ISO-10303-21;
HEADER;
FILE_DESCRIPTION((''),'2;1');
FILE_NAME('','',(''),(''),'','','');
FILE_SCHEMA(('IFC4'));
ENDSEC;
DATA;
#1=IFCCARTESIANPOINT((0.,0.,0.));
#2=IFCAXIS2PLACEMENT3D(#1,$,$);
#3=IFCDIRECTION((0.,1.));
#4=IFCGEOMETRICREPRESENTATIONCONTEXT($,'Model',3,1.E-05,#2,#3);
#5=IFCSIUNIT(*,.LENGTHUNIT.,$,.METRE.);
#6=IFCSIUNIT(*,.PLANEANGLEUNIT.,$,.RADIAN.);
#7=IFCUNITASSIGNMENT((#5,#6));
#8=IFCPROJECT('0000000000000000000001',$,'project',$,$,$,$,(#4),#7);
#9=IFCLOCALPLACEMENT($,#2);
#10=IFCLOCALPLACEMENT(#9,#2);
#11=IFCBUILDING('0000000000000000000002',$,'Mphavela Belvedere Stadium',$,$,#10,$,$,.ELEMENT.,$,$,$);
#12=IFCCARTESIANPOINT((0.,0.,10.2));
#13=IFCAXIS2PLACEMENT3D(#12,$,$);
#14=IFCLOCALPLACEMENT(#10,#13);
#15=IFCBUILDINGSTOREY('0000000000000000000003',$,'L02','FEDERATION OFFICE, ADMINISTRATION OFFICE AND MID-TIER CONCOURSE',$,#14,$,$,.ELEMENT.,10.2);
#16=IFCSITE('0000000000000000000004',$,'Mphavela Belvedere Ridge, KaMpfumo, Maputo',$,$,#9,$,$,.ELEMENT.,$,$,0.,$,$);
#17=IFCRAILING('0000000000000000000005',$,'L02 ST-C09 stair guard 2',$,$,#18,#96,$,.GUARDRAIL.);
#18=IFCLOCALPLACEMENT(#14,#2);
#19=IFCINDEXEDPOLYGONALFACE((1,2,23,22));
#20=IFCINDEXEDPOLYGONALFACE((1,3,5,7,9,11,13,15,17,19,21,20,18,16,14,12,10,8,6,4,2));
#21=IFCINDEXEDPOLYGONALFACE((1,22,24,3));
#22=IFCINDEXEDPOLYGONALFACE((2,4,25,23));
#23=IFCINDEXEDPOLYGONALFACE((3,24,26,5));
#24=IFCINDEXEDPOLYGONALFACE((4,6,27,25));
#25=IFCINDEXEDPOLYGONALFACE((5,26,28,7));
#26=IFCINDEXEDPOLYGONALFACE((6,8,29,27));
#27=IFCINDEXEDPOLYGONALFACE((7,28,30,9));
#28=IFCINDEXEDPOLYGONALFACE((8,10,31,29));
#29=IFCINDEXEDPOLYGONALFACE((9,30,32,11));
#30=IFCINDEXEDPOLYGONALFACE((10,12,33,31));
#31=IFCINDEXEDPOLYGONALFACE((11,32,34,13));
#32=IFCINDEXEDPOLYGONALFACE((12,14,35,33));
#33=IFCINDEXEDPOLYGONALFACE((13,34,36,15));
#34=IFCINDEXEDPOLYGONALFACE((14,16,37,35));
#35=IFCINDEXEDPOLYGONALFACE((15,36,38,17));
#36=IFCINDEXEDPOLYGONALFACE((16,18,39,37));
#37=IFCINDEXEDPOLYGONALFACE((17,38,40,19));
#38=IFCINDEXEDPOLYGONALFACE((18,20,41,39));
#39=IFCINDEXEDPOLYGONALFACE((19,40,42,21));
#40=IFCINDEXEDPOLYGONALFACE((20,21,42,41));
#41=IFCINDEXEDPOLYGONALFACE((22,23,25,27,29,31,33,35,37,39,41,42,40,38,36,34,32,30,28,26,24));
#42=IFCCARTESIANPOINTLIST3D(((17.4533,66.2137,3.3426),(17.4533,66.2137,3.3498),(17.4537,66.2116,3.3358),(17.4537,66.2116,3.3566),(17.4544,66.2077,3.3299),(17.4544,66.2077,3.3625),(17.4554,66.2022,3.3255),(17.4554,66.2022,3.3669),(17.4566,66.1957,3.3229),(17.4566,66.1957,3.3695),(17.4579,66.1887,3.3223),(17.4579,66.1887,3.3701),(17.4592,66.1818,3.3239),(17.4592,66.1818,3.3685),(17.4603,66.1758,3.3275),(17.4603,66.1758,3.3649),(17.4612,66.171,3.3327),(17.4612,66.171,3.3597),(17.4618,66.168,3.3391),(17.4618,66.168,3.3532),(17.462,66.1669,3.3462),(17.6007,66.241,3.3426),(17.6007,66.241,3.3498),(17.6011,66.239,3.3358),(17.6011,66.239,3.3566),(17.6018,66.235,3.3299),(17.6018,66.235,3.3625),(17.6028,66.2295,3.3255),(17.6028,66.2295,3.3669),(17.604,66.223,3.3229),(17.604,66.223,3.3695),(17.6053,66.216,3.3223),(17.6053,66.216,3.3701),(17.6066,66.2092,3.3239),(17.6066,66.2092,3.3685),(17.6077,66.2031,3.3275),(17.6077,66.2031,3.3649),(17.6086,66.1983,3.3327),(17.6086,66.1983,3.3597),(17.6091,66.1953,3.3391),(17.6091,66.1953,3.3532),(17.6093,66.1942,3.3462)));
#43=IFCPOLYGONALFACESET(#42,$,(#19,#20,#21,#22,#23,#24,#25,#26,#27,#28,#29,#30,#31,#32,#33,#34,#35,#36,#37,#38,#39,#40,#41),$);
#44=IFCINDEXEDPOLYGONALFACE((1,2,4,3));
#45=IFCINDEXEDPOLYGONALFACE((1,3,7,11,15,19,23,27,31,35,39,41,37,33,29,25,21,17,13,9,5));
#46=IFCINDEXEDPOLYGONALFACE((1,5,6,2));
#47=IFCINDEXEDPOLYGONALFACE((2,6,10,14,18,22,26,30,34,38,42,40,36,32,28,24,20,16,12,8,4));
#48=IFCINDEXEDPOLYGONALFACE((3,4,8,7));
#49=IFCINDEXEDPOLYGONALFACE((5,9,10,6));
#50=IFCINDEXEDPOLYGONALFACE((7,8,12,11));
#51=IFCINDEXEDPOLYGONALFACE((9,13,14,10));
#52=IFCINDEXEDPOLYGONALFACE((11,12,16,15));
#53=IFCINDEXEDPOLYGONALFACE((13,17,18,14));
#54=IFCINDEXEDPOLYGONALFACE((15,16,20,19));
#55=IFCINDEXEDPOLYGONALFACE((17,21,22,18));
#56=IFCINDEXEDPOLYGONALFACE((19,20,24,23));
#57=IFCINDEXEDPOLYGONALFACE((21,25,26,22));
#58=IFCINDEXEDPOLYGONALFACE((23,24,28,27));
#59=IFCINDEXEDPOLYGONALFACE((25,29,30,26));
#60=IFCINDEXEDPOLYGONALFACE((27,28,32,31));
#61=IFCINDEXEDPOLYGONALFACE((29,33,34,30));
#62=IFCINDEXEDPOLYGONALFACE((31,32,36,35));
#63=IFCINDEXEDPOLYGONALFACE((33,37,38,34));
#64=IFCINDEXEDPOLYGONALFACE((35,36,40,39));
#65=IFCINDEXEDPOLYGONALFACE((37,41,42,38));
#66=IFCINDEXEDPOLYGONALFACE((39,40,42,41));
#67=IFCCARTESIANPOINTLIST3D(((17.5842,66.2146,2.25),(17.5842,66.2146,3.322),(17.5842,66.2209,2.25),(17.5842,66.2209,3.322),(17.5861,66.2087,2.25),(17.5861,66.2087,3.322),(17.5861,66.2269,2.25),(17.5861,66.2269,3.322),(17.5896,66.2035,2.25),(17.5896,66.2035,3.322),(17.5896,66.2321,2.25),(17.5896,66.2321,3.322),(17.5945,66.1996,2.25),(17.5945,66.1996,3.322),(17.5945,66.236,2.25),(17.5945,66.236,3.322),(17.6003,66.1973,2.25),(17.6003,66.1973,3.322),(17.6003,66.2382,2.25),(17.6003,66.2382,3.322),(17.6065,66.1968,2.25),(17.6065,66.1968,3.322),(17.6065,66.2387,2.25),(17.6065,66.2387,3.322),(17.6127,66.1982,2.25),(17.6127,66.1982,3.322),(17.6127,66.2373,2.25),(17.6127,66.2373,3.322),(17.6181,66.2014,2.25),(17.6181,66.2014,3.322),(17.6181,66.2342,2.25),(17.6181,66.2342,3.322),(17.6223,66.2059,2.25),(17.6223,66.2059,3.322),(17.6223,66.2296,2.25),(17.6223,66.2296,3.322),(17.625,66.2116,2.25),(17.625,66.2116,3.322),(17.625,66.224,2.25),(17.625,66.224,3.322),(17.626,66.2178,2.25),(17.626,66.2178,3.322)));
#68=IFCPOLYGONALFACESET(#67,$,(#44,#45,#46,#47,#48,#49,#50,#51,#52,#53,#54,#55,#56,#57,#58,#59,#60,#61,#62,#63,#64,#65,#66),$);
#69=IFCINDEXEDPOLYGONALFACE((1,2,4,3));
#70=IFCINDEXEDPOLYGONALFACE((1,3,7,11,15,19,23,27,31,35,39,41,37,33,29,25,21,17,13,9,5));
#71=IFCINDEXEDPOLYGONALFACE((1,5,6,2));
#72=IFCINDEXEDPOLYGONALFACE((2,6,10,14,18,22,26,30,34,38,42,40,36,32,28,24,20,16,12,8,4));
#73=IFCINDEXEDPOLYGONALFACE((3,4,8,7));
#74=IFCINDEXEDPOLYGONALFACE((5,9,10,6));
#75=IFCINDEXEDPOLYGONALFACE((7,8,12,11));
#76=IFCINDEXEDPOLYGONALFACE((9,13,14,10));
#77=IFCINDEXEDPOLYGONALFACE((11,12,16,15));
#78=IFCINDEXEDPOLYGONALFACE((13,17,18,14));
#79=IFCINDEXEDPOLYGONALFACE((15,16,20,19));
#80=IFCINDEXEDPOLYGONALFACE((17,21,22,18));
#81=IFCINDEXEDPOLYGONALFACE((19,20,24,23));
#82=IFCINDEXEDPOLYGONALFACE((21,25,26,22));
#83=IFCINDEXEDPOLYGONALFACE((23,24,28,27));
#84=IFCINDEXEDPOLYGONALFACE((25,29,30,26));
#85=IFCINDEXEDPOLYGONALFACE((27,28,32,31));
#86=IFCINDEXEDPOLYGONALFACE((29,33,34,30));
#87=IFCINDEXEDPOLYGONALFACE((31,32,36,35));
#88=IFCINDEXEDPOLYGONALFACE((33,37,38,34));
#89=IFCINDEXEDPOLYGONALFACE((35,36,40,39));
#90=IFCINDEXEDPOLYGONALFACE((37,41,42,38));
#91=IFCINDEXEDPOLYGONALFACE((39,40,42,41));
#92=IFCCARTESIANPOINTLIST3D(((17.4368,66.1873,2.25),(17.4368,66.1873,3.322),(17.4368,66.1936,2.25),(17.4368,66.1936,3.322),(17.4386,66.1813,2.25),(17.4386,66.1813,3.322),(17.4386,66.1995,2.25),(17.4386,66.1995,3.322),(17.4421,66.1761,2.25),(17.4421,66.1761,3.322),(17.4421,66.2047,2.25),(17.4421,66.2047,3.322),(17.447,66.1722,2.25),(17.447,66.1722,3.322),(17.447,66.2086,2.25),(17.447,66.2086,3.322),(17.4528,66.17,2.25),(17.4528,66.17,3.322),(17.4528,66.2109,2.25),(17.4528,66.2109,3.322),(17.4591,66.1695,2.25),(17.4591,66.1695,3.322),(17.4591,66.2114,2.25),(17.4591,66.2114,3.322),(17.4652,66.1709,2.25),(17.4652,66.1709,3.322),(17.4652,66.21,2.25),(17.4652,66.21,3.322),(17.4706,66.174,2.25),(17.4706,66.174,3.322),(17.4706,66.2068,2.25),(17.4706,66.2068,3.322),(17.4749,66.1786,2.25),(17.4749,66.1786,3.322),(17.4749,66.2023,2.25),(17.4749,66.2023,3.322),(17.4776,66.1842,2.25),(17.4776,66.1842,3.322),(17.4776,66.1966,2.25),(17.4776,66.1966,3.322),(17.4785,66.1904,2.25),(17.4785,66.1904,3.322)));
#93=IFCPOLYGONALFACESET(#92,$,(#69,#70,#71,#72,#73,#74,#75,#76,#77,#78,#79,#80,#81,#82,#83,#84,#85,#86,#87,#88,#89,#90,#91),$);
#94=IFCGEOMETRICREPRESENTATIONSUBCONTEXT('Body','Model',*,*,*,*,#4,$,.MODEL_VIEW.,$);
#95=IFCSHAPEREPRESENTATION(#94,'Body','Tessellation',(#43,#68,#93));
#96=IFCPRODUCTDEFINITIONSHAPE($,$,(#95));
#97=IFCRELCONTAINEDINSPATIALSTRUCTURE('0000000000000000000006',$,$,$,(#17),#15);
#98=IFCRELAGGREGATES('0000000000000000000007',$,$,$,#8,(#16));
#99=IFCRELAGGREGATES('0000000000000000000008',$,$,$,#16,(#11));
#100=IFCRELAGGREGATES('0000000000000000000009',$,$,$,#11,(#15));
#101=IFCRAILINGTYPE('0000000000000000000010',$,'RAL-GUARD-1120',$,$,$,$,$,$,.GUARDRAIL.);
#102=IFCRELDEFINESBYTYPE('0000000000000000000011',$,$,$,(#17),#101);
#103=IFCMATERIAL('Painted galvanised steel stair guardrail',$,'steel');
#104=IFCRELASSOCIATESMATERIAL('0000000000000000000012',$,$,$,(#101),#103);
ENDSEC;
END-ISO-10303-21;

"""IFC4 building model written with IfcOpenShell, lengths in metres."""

from ifc_helpers import new_model, si_unit, direction, frame, origin, origin_2d, place, context, subcontext, project, spatial, circle, extrude, material, type_object, element, save


model = new_model("IFC4")

# Units and contexts
model_context = context("Model", 3, precision=1e-05, world=origin(), true_north=direction((0.0, 1.0)))
body_context = subcontext(model_context, "Body", "Model", "MODEL_VIEW")
ifc_project = project(units=[si_unit("LENGTHUNIT", "METRE"), si_unit("PLANEANGLEUNIT", "RADIAN")], contexts=[model_context])

# Site, building, storey
site_placement = place(None, origin())
site = spatial("IfcSite", under=ifc_project, at=site_placement, Name="Mphavela Belvedere Ridge, KaMpfumo, Maputo", CompositionType="ELEMENT", RefElevation=0.0)
building_placement = place(site_placement, origin())
building = spatial("IfcBuilding", under=site, at=building_placement, Name="Mphavela Belvedere Stadium", CompositionType="ELEMENT")
storey_placement = place(building_placement, frame((0.0, 0.0, 10.2)))
storey = spatial("IfcBuildingStorey", under=building, at=storey_placement, Name="L02", Description="FEDERATION OFFICE, ADMINISTRATION OFFICE AND MID-TIER CONCOURSE", CompositionType="ELEMENT", Elevation=10.2)

# Railing
ifc_material_1 = material(Name="Painted galvanised steel stair guardrail", Category="steel")
railing_type_1 = type_object("IfcRailingType", Name="RAL-GUARD-1120", PredefinedType="GUARDRAIL", material=ifc_material_1)
railing_1_placement = place(storey_placement, frame((17.605, 66.2178, 2.25)))
element("IfcRailing", 1, at=railing_1_placement, inside=storey, type_object=railing_type_1, Name="L02 ST-C09 stair guard 2", PredefinedType="GUARDRAIL", context=body_context, shape_type="SweptSolid", body=[
    extrude(circle(Radius=0.0239, at=origin_2d()), frame((0.0, 0.0, 1.0962), z_axis=(-0.983239, -0.182322, 0.0), x_axis=(0.182322, -0.983239, 0.0)), (0.0, 0.0, 1.0), 0.1499),
    extrude(circle(Radius=0.021, at=origin_2d()), origin(), (0.0, 0.0, 1.0), 1.072),
    extrude(circle(Radius=0.021, at=origin_2d()), frame((-0.1475, -0.0273, 0.0)), (0.0, 0.0, 1.0), 1.072),
])

save(model, "model.ifc")
